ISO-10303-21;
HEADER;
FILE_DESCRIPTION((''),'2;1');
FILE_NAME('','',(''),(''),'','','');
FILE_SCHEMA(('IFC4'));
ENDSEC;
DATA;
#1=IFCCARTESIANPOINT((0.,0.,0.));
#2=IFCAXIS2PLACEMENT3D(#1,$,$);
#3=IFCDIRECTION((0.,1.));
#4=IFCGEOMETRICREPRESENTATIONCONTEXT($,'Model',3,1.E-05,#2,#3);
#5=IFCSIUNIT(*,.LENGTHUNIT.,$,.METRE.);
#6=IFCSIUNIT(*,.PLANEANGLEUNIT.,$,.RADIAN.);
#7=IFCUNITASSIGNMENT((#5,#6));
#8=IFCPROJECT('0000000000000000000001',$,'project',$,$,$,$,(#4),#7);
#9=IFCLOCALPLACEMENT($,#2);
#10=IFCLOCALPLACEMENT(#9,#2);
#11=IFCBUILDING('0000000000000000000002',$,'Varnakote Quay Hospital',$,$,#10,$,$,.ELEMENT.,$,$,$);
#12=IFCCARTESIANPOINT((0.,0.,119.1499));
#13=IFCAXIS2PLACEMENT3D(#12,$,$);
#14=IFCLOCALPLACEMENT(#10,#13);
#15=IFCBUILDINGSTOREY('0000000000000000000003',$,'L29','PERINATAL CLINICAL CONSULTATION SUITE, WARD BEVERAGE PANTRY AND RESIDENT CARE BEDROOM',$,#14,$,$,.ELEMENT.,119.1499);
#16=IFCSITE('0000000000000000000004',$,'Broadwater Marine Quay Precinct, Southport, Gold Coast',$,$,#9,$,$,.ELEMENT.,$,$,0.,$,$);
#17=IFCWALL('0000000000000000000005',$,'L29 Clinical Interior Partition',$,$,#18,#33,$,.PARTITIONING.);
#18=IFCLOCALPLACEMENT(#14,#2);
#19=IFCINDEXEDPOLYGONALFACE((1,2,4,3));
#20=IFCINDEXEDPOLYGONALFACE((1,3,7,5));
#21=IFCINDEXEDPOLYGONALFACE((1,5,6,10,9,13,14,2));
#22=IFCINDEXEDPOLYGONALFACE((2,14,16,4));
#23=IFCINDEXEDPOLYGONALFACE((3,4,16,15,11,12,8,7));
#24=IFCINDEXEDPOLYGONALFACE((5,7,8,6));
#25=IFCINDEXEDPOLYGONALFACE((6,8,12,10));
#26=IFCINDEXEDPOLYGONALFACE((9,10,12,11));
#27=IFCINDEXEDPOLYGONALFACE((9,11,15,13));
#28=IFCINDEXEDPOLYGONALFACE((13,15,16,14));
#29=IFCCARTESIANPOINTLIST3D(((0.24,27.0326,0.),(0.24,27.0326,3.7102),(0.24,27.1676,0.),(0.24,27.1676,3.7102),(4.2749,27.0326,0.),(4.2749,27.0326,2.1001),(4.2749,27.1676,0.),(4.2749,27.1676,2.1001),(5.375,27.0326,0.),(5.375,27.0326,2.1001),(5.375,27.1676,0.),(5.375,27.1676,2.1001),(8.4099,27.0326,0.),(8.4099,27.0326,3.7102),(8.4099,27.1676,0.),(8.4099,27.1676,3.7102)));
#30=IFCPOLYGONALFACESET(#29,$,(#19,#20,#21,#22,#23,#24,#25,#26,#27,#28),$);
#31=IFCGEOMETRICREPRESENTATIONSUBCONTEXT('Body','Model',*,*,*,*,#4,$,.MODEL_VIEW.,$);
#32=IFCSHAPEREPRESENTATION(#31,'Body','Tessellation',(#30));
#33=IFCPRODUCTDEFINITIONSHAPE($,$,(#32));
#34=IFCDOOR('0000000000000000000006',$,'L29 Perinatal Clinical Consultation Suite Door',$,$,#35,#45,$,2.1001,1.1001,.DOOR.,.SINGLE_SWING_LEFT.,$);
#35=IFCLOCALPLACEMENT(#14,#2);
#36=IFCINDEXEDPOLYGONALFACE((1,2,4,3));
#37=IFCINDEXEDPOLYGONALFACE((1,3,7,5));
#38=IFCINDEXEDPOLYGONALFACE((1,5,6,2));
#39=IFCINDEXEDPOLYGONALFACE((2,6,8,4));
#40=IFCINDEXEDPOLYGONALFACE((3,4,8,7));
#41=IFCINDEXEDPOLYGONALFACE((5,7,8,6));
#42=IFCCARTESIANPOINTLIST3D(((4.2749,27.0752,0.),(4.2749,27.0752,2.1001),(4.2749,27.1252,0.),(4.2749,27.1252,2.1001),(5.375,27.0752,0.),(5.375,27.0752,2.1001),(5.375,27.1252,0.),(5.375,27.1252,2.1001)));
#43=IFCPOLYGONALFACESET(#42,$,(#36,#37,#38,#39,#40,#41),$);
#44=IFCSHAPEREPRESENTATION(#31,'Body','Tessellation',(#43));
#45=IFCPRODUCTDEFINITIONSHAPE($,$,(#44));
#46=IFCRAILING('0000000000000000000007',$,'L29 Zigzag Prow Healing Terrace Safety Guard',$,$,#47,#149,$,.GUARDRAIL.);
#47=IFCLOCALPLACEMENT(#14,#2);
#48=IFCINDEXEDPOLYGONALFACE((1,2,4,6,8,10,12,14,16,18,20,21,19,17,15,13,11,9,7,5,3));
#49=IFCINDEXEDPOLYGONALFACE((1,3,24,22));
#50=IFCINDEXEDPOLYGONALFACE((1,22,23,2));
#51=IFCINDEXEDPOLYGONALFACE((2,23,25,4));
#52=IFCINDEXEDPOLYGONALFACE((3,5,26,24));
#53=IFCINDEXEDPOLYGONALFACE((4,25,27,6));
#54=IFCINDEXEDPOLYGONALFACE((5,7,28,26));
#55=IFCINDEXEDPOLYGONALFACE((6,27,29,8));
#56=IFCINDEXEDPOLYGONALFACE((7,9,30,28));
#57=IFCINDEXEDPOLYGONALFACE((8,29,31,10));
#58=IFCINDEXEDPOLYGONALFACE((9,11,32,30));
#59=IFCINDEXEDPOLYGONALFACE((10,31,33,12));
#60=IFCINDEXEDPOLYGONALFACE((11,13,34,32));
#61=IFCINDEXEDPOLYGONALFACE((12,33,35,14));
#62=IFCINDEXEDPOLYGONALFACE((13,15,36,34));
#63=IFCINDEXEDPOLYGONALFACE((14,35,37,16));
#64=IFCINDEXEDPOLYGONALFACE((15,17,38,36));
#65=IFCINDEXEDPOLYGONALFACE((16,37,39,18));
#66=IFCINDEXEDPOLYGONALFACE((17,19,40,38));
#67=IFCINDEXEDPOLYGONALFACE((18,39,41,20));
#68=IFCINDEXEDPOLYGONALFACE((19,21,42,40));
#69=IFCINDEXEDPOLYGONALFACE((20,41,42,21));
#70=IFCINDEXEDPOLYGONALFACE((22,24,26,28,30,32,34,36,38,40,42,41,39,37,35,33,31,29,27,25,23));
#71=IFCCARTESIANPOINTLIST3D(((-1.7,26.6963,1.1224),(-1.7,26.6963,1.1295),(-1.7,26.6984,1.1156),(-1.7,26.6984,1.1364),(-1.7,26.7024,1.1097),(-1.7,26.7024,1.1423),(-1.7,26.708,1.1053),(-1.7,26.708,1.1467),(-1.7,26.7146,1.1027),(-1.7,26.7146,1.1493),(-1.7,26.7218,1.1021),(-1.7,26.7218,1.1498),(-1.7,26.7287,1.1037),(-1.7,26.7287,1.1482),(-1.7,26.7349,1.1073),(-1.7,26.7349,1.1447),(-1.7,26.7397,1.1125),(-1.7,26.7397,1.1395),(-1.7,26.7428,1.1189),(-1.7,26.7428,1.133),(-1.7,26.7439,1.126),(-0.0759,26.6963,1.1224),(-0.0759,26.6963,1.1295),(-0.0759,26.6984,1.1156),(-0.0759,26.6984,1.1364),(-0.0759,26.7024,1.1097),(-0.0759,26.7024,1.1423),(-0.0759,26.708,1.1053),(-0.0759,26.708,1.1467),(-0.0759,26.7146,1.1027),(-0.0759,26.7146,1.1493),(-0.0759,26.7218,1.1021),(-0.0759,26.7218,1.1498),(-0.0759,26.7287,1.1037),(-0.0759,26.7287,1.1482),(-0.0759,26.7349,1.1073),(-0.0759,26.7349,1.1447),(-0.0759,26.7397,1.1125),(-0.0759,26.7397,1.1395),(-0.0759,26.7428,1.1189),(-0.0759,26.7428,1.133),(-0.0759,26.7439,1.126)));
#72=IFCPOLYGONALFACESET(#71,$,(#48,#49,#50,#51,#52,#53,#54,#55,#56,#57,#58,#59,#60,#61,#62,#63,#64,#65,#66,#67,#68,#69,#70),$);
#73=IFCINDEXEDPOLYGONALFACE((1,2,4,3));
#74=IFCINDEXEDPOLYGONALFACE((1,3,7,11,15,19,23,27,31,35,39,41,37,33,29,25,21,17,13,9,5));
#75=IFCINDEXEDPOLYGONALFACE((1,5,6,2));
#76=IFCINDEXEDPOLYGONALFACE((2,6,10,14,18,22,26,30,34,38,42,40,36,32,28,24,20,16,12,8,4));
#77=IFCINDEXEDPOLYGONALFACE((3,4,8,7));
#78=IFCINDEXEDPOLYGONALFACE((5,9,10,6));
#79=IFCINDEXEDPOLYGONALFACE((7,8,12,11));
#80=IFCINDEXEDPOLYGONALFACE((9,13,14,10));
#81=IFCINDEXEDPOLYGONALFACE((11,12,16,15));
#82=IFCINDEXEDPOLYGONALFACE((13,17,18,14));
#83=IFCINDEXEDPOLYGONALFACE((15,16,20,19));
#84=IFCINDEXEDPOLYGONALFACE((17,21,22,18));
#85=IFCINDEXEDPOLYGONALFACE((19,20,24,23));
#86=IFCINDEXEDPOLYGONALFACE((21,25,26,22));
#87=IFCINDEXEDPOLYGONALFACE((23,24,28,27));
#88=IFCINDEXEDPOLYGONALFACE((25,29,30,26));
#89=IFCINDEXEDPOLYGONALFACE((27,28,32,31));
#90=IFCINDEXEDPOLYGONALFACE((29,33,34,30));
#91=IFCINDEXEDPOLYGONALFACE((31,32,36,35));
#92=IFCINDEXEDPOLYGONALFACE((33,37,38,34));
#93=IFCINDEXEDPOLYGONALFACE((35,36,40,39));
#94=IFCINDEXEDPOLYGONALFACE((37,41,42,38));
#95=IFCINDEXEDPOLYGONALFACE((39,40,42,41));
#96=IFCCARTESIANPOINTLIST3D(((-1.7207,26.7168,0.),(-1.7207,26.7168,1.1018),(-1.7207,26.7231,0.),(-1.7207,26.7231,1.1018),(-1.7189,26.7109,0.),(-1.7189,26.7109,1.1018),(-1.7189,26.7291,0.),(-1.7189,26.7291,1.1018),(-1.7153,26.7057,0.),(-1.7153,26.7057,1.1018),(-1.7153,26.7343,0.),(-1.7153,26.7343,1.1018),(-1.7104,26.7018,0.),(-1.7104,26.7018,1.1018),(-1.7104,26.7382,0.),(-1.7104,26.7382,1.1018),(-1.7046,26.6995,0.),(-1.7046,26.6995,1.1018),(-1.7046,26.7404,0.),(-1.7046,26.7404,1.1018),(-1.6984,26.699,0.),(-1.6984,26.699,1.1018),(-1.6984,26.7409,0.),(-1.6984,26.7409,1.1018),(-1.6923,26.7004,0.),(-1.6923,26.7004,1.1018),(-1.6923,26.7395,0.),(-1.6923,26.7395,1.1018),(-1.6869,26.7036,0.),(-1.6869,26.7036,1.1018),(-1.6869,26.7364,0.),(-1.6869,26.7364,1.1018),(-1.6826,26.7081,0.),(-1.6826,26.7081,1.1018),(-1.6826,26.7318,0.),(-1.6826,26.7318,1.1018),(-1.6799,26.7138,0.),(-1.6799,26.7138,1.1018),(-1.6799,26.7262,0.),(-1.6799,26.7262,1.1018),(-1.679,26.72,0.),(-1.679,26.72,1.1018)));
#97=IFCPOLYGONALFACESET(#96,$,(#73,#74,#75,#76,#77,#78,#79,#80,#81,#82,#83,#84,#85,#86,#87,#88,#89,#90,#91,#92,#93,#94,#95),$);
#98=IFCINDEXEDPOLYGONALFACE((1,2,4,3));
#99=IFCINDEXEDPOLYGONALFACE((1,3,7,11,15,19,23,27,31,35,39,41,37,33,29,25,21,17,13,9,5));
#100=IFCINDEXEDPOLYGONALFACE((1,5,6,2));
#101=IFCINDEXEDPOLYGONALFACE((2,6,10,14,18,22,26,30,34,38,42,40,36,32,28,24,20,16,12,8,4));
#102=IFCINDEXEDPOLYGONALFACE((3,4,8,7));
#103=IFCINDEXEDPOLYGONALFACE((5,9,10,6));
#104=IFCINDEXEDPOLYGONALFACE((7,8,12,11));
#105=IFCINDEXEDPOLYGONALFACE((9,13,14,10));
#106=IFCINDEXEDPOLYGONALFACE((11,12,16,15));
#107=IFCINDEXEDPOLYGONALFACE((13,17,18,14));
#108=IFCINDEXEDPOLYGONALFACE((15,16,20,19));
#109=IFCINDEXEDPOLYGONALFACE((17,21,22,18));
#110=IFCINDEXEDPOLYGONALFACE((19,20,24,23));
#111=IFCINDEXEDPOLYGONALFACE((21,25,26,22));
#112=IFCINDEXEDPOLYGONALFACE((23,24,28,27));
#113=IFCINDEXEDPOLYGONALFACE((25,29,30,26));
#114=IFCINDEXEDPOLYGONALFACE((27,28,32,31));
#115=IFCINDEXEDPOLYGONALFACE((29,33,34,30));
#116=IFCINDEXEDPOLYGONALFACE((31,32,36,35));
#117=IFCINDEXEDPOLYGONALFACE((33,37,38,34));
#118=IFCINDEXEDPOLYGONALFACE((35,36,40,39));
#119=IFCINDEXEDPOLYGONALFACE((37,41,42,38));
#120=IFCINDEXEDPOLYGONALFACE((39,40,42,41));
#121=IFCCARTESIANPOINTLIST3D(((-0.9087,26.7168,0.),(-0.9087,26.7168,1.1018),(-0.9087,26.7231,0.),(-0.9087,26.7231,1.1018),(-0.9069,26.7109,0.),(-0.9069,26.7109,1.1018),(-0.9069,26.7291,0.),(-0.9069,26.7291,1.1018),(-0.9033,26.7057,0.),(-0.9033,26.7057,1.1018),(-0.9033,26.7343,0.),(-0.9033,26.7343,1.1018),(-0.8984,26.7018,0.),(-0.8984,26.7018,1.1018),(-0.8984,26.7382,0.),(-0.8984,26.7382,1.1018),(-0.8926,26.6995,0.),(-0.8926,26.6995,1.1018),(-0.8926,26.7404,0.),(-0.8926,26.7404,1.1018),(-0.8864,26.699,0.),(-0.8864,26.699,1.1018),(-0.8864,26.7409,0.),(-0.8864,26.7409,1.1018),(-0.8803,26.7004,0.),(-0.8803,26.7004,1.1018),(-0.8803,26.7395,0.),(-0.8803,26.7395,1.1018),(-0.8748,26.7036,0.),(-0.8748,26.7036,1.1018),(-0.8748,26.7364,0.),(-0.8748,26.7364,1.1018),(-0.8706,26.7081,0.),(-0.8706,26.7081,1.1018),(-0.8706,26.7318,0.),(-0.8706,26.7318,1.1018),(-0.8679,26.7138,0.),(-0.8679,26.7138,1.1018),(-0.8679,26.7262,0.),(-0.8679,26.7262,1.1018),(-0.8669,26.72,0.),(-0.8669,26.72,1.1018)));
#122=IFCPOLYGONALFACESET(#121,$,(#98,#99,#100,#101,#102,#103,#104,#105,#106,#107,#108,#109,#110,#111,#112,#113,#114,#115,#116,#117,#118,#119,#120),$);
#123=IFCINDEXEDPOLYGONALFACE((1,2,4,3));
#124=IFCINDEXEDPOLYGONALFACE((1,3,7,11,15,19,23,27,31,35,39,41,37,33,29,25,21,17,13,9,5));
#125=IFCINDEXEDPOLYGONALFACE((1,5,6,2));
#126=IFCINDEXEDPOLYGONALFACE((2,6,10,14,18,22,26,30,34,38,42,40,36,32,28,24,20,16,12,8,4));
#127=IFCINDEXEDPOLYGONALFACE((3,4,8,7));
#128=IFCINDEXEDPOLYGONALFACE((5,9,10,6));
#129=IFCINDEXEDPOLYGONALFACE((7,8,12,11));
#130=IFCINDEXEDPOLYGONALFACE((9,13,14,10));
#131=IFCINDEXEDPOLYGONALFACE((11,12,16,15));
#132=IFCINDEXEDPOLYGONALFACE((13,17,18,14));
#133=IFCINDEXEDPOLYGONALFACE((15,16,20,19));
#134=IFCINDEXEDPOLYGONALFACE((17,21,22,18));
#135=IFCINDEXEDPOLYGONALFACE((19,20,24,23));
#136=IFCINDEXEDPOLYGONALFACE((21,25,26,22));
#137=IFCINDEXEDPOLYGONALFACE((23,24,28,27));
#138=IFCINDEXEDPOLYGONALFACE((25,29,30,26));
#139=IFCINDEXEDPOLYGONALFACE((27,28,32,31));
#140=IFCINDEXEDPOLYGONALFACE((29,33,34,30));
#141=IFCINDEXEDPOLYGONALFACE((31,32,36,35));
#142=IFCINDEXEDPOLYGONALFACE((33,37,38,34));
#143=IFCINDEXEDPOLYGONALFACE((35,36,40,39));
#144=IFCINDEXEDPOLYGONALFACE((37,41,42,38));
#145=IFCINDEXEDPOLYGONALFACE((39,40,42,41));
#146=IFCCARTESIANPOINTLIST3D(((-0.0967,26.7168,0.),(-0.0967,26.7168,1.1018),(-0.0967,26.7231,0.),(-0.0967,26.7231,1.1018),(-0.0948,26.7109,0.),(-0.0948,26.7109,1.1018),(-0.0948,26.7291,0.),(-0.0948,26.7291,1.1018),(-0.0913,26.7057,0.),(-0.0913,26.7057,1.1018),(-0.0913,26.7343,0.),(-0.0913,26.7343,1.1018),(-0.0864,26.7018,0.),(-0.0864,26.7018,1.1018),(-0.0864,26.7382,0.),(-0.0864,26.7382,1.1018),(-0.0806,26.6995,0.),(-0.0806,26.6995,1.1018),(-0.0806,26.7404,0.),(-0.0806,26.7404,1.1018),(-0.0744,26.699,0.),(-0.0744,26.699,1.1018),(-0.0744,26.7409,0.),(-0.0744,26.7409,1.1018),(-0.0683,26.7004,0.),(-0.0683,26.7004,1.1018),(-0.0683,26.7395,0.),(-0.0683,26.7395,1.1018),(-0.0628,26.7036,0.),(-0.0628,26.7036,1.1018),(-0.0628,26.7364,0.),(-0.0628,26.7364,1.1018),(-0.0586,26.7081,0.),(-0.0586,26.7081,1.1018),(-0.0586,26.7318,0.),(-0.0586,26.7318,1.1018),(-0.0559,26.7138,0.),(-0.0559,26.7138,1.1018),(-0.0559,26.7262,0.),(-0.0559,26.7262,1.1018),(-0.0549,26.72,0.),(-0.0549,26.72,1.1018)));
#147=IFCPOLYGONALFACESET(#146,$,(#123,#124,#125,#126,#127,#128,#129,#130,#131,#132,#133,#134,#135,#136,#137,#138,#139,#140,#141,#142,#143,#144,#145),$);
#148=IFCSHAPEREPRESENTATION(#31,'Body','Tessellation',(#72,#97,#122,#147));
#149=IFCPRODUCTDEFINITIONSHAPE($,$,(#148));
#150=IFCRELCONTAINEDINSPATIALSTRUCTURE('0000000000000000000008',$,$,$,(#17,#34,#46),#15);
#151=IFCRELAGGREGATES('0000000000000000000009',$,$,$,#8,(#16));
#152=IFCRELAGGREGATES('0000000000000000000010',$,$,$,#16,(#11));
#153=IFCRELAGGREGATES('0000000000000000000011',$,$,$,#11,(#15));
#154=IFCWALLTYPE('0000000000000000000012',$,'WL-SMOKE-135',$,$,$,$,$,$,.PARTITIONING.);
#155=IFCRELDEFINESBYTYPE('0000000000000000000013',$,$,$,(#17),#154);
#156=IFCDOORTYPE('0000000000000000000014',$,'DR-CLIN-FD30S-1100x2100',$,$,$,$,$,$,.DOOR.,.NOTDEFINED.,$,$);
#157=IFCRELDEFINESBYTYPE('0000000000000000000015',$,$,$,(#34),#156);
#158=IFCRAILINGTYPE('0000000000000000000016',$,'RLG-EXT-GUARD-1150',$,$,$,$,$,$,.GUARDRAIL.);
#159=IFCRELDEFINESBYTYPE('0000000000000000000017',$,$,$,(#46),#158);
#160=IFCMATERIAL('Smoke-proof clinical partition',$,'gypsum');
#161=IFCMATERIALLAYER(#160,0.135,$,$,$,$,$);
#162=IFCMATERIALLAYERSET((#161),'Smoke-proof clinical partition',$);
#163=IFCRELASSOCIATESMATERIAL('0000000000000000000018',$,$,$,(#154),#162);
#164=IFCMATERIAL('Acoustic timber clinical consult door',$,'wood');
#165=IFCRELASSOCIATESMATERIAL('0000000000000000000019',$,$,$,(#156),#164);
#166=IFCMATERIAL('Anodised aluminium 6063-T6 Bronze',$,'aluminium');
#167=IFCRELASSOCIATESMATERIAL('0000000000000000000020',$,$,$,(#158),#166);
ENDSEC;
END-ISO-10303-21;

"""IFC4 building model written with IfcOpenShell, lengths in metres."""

from ifc_helpers import new_model, si_unit, direction, frame, frame_2d, origin, origin_2d, place, context, subcontext, project, spatial, rectangle, circle, extrude, material, layer, layer_set, type_object, element, fill, save


model = new_model("IFC4")

# Units and contexts
model_context = context("Model", 3, precision=1e-05, world=origin(), true_north=direction((0.0, 1.0)))
body_context = subcontext(model_context, "Body", "Model", "MODEL_VIEW")
ifc_project = project(units=[si_unit("LENGTHUNIT", "METRE"), si_unit("PLANEANGLEUNIT", "RADIAN")], contexts=[model_context])

# Site, building, storey
site_placement = place(None, origin())
site = spatial("IfcSite", under=ifc_project, at=site_placement, Name="Broadwater Marine Quay Precinct, Southport, Gold Coast", CompositionType="ELEMENT", RefElevation=0.0)
building_placement = place(site_placement, origin())
building = spatial("IfcBuilding", under=site, at=building_placement, Name="Varnakote Quay Hospital", CompositionType="ELEMENT")
storey_placement = place(building_placement, frame((0.0, 0.0, 119.1499)))
storey = spatial("IfcBuildingStorey", under=building, at=storey_placement, Name="L29", Description="PERINATAL CLINICAL CONSULTATION SUITE, WARD BEVERAGE PANTRY AND RESIDENT CARE BEDROOM", CompositionType="ELEMENT", Elevation=119.1499)

# Shared definitions
ifc_material_1 = material(Name="Smoke-proof clinical partition", Category="gypsum")
ifc_layer_1 = layer(ifc_material_1, 0.135)
ifc_layer_set_1 = layer_set([ifc_layer_1], Name="Smoke-proof clinical partition")
wall_type_1 = type_object("IfcWallType", Name="WL-SMOKE-135", PredefinedType="PARTITIONING", material=ifc_layer_set_1)

# Wall, opening, door
wall_1_placement = place(storey_placement, frame((8.4099, 27.1001, 0.0), z_axis=(0.0, 0.0, 1.0), x_axis=(-1.0, 0.0, 0.0)))
wall_1 = element("IfcWall", 1, at=wall_1_placement, inside=storey, type_object=wall_type_1, Name="L29 Clinical Interior Partition", PredefinedType="PARTITIONING", context=body_context, shape_type="SweptSolid", body=[
    extrude(rectangle(XDim=8.1699, YDim=0.135, at=frame_2d((4.085, 0.0))), origin(), (0.0, 0.0, 1.0), 3.7102),
])
opening_1_placement = place(wall_1_placement, frame((3.0349, 0.0, 0.0)))
opening_1 = element("IfcOpeningElement", 2, at=opening_1_placement, cuts=wall_1, PredefinedType="OPENING", context=body_context, shape_type="SweptSolid", body=[
    extrude(rectangle(XDim=1.1001, YDim=2.1001, at=frame_2d((0.55, 1.05))), frame((0.0, 0.0774, 0.0), z_axis=(0.0, -1.0, 0.0), x_axis=(1.0, 0.0, 0.0)), (0.0, 0.0, 1.0), 0.155),
])
ifc_material_2 = material(Name="Acoustic timber clinical consult door", Category="wood")
door_type_1 = type_object("IfcDoorType", Name="DR-CLIN-FD30S-1100x2100", OperationType="NOTDEFINED", PredefinedType="DOOR", material=ifc_material_2)
door_1_placement = place(opening_1_placement, origin())
door_1 = element("IfcDoor", 3, at=door_1_placement, inside=storey, type_object=door_type_1, Name="L29 Perinatal Clinical Consultation Suite Door", OperationType="SINGLE_SWING_LEFT", OverallHeight=2.1001, OverallWidth=1.1001, PredefinedType="DOOR", context=body_context, shape_type="SweptSolid", body=[
    extrude(rectangle(XDim=1.1001, YDim=2.1001, at=frame_2d((0.55, 1.05))), frame((0.0, 0.0249, 0.0), z_axis=(0.0, -1.0, 0.0), x_axis=(1.0, 0.0, 0.0)), (0.0, 0.0, 1.0), 0.05),
])
fill(opening_1, door_1)

# Railing
ifc_material_3 = material(Name="Anodised aluminium 6063-T6 Bronze", Category="aluminium")
railing_type = type_object("IfcRailingType", Name="RLG-EXT-GUARD-1150", PredefinedType="GUARDRAIL", material=ifc_material_3)
railing_1_placement = place(storey_placement, frame((-1.7, 26.72, 0.0)))
element("IfcRailing", 4, at=railing_1_placement, inside=storey, type_object=railing_type, Name="L29 Zigzag Prow Healing Terrace Safety Guard", PredefinedType="GUARDRAIL", context=body_context, shape_type="SweptSolid", body=[
    extrude(circle(Radius=0.0239, at=origin_2d()), frame((0.0, 0.0, 1.126), z_axis=(1.0, 0.0, 0.0), x_axis=(0.0, 1.0, 0.0)), (0.0, 0.0, 1.0), 1.624),
    extrude(circle(Radius=0.021, at=origin_2d()), origin(), (0.0, 0.0, 1.0), 1.1018),
    extrude(circle(Radius=0.021, at=origin_2d()), frame((0.812, 0.0, 0.0)), (0.0, 0.0, 1.0), 1.1018),
    extrude(circle(Radius=0.021, at=origin_2d()), frame((1.624, 0.0, 0.0)), (0.0, 0.0, 1.0), 1.1018),
])

save(model, "model.ifc")
